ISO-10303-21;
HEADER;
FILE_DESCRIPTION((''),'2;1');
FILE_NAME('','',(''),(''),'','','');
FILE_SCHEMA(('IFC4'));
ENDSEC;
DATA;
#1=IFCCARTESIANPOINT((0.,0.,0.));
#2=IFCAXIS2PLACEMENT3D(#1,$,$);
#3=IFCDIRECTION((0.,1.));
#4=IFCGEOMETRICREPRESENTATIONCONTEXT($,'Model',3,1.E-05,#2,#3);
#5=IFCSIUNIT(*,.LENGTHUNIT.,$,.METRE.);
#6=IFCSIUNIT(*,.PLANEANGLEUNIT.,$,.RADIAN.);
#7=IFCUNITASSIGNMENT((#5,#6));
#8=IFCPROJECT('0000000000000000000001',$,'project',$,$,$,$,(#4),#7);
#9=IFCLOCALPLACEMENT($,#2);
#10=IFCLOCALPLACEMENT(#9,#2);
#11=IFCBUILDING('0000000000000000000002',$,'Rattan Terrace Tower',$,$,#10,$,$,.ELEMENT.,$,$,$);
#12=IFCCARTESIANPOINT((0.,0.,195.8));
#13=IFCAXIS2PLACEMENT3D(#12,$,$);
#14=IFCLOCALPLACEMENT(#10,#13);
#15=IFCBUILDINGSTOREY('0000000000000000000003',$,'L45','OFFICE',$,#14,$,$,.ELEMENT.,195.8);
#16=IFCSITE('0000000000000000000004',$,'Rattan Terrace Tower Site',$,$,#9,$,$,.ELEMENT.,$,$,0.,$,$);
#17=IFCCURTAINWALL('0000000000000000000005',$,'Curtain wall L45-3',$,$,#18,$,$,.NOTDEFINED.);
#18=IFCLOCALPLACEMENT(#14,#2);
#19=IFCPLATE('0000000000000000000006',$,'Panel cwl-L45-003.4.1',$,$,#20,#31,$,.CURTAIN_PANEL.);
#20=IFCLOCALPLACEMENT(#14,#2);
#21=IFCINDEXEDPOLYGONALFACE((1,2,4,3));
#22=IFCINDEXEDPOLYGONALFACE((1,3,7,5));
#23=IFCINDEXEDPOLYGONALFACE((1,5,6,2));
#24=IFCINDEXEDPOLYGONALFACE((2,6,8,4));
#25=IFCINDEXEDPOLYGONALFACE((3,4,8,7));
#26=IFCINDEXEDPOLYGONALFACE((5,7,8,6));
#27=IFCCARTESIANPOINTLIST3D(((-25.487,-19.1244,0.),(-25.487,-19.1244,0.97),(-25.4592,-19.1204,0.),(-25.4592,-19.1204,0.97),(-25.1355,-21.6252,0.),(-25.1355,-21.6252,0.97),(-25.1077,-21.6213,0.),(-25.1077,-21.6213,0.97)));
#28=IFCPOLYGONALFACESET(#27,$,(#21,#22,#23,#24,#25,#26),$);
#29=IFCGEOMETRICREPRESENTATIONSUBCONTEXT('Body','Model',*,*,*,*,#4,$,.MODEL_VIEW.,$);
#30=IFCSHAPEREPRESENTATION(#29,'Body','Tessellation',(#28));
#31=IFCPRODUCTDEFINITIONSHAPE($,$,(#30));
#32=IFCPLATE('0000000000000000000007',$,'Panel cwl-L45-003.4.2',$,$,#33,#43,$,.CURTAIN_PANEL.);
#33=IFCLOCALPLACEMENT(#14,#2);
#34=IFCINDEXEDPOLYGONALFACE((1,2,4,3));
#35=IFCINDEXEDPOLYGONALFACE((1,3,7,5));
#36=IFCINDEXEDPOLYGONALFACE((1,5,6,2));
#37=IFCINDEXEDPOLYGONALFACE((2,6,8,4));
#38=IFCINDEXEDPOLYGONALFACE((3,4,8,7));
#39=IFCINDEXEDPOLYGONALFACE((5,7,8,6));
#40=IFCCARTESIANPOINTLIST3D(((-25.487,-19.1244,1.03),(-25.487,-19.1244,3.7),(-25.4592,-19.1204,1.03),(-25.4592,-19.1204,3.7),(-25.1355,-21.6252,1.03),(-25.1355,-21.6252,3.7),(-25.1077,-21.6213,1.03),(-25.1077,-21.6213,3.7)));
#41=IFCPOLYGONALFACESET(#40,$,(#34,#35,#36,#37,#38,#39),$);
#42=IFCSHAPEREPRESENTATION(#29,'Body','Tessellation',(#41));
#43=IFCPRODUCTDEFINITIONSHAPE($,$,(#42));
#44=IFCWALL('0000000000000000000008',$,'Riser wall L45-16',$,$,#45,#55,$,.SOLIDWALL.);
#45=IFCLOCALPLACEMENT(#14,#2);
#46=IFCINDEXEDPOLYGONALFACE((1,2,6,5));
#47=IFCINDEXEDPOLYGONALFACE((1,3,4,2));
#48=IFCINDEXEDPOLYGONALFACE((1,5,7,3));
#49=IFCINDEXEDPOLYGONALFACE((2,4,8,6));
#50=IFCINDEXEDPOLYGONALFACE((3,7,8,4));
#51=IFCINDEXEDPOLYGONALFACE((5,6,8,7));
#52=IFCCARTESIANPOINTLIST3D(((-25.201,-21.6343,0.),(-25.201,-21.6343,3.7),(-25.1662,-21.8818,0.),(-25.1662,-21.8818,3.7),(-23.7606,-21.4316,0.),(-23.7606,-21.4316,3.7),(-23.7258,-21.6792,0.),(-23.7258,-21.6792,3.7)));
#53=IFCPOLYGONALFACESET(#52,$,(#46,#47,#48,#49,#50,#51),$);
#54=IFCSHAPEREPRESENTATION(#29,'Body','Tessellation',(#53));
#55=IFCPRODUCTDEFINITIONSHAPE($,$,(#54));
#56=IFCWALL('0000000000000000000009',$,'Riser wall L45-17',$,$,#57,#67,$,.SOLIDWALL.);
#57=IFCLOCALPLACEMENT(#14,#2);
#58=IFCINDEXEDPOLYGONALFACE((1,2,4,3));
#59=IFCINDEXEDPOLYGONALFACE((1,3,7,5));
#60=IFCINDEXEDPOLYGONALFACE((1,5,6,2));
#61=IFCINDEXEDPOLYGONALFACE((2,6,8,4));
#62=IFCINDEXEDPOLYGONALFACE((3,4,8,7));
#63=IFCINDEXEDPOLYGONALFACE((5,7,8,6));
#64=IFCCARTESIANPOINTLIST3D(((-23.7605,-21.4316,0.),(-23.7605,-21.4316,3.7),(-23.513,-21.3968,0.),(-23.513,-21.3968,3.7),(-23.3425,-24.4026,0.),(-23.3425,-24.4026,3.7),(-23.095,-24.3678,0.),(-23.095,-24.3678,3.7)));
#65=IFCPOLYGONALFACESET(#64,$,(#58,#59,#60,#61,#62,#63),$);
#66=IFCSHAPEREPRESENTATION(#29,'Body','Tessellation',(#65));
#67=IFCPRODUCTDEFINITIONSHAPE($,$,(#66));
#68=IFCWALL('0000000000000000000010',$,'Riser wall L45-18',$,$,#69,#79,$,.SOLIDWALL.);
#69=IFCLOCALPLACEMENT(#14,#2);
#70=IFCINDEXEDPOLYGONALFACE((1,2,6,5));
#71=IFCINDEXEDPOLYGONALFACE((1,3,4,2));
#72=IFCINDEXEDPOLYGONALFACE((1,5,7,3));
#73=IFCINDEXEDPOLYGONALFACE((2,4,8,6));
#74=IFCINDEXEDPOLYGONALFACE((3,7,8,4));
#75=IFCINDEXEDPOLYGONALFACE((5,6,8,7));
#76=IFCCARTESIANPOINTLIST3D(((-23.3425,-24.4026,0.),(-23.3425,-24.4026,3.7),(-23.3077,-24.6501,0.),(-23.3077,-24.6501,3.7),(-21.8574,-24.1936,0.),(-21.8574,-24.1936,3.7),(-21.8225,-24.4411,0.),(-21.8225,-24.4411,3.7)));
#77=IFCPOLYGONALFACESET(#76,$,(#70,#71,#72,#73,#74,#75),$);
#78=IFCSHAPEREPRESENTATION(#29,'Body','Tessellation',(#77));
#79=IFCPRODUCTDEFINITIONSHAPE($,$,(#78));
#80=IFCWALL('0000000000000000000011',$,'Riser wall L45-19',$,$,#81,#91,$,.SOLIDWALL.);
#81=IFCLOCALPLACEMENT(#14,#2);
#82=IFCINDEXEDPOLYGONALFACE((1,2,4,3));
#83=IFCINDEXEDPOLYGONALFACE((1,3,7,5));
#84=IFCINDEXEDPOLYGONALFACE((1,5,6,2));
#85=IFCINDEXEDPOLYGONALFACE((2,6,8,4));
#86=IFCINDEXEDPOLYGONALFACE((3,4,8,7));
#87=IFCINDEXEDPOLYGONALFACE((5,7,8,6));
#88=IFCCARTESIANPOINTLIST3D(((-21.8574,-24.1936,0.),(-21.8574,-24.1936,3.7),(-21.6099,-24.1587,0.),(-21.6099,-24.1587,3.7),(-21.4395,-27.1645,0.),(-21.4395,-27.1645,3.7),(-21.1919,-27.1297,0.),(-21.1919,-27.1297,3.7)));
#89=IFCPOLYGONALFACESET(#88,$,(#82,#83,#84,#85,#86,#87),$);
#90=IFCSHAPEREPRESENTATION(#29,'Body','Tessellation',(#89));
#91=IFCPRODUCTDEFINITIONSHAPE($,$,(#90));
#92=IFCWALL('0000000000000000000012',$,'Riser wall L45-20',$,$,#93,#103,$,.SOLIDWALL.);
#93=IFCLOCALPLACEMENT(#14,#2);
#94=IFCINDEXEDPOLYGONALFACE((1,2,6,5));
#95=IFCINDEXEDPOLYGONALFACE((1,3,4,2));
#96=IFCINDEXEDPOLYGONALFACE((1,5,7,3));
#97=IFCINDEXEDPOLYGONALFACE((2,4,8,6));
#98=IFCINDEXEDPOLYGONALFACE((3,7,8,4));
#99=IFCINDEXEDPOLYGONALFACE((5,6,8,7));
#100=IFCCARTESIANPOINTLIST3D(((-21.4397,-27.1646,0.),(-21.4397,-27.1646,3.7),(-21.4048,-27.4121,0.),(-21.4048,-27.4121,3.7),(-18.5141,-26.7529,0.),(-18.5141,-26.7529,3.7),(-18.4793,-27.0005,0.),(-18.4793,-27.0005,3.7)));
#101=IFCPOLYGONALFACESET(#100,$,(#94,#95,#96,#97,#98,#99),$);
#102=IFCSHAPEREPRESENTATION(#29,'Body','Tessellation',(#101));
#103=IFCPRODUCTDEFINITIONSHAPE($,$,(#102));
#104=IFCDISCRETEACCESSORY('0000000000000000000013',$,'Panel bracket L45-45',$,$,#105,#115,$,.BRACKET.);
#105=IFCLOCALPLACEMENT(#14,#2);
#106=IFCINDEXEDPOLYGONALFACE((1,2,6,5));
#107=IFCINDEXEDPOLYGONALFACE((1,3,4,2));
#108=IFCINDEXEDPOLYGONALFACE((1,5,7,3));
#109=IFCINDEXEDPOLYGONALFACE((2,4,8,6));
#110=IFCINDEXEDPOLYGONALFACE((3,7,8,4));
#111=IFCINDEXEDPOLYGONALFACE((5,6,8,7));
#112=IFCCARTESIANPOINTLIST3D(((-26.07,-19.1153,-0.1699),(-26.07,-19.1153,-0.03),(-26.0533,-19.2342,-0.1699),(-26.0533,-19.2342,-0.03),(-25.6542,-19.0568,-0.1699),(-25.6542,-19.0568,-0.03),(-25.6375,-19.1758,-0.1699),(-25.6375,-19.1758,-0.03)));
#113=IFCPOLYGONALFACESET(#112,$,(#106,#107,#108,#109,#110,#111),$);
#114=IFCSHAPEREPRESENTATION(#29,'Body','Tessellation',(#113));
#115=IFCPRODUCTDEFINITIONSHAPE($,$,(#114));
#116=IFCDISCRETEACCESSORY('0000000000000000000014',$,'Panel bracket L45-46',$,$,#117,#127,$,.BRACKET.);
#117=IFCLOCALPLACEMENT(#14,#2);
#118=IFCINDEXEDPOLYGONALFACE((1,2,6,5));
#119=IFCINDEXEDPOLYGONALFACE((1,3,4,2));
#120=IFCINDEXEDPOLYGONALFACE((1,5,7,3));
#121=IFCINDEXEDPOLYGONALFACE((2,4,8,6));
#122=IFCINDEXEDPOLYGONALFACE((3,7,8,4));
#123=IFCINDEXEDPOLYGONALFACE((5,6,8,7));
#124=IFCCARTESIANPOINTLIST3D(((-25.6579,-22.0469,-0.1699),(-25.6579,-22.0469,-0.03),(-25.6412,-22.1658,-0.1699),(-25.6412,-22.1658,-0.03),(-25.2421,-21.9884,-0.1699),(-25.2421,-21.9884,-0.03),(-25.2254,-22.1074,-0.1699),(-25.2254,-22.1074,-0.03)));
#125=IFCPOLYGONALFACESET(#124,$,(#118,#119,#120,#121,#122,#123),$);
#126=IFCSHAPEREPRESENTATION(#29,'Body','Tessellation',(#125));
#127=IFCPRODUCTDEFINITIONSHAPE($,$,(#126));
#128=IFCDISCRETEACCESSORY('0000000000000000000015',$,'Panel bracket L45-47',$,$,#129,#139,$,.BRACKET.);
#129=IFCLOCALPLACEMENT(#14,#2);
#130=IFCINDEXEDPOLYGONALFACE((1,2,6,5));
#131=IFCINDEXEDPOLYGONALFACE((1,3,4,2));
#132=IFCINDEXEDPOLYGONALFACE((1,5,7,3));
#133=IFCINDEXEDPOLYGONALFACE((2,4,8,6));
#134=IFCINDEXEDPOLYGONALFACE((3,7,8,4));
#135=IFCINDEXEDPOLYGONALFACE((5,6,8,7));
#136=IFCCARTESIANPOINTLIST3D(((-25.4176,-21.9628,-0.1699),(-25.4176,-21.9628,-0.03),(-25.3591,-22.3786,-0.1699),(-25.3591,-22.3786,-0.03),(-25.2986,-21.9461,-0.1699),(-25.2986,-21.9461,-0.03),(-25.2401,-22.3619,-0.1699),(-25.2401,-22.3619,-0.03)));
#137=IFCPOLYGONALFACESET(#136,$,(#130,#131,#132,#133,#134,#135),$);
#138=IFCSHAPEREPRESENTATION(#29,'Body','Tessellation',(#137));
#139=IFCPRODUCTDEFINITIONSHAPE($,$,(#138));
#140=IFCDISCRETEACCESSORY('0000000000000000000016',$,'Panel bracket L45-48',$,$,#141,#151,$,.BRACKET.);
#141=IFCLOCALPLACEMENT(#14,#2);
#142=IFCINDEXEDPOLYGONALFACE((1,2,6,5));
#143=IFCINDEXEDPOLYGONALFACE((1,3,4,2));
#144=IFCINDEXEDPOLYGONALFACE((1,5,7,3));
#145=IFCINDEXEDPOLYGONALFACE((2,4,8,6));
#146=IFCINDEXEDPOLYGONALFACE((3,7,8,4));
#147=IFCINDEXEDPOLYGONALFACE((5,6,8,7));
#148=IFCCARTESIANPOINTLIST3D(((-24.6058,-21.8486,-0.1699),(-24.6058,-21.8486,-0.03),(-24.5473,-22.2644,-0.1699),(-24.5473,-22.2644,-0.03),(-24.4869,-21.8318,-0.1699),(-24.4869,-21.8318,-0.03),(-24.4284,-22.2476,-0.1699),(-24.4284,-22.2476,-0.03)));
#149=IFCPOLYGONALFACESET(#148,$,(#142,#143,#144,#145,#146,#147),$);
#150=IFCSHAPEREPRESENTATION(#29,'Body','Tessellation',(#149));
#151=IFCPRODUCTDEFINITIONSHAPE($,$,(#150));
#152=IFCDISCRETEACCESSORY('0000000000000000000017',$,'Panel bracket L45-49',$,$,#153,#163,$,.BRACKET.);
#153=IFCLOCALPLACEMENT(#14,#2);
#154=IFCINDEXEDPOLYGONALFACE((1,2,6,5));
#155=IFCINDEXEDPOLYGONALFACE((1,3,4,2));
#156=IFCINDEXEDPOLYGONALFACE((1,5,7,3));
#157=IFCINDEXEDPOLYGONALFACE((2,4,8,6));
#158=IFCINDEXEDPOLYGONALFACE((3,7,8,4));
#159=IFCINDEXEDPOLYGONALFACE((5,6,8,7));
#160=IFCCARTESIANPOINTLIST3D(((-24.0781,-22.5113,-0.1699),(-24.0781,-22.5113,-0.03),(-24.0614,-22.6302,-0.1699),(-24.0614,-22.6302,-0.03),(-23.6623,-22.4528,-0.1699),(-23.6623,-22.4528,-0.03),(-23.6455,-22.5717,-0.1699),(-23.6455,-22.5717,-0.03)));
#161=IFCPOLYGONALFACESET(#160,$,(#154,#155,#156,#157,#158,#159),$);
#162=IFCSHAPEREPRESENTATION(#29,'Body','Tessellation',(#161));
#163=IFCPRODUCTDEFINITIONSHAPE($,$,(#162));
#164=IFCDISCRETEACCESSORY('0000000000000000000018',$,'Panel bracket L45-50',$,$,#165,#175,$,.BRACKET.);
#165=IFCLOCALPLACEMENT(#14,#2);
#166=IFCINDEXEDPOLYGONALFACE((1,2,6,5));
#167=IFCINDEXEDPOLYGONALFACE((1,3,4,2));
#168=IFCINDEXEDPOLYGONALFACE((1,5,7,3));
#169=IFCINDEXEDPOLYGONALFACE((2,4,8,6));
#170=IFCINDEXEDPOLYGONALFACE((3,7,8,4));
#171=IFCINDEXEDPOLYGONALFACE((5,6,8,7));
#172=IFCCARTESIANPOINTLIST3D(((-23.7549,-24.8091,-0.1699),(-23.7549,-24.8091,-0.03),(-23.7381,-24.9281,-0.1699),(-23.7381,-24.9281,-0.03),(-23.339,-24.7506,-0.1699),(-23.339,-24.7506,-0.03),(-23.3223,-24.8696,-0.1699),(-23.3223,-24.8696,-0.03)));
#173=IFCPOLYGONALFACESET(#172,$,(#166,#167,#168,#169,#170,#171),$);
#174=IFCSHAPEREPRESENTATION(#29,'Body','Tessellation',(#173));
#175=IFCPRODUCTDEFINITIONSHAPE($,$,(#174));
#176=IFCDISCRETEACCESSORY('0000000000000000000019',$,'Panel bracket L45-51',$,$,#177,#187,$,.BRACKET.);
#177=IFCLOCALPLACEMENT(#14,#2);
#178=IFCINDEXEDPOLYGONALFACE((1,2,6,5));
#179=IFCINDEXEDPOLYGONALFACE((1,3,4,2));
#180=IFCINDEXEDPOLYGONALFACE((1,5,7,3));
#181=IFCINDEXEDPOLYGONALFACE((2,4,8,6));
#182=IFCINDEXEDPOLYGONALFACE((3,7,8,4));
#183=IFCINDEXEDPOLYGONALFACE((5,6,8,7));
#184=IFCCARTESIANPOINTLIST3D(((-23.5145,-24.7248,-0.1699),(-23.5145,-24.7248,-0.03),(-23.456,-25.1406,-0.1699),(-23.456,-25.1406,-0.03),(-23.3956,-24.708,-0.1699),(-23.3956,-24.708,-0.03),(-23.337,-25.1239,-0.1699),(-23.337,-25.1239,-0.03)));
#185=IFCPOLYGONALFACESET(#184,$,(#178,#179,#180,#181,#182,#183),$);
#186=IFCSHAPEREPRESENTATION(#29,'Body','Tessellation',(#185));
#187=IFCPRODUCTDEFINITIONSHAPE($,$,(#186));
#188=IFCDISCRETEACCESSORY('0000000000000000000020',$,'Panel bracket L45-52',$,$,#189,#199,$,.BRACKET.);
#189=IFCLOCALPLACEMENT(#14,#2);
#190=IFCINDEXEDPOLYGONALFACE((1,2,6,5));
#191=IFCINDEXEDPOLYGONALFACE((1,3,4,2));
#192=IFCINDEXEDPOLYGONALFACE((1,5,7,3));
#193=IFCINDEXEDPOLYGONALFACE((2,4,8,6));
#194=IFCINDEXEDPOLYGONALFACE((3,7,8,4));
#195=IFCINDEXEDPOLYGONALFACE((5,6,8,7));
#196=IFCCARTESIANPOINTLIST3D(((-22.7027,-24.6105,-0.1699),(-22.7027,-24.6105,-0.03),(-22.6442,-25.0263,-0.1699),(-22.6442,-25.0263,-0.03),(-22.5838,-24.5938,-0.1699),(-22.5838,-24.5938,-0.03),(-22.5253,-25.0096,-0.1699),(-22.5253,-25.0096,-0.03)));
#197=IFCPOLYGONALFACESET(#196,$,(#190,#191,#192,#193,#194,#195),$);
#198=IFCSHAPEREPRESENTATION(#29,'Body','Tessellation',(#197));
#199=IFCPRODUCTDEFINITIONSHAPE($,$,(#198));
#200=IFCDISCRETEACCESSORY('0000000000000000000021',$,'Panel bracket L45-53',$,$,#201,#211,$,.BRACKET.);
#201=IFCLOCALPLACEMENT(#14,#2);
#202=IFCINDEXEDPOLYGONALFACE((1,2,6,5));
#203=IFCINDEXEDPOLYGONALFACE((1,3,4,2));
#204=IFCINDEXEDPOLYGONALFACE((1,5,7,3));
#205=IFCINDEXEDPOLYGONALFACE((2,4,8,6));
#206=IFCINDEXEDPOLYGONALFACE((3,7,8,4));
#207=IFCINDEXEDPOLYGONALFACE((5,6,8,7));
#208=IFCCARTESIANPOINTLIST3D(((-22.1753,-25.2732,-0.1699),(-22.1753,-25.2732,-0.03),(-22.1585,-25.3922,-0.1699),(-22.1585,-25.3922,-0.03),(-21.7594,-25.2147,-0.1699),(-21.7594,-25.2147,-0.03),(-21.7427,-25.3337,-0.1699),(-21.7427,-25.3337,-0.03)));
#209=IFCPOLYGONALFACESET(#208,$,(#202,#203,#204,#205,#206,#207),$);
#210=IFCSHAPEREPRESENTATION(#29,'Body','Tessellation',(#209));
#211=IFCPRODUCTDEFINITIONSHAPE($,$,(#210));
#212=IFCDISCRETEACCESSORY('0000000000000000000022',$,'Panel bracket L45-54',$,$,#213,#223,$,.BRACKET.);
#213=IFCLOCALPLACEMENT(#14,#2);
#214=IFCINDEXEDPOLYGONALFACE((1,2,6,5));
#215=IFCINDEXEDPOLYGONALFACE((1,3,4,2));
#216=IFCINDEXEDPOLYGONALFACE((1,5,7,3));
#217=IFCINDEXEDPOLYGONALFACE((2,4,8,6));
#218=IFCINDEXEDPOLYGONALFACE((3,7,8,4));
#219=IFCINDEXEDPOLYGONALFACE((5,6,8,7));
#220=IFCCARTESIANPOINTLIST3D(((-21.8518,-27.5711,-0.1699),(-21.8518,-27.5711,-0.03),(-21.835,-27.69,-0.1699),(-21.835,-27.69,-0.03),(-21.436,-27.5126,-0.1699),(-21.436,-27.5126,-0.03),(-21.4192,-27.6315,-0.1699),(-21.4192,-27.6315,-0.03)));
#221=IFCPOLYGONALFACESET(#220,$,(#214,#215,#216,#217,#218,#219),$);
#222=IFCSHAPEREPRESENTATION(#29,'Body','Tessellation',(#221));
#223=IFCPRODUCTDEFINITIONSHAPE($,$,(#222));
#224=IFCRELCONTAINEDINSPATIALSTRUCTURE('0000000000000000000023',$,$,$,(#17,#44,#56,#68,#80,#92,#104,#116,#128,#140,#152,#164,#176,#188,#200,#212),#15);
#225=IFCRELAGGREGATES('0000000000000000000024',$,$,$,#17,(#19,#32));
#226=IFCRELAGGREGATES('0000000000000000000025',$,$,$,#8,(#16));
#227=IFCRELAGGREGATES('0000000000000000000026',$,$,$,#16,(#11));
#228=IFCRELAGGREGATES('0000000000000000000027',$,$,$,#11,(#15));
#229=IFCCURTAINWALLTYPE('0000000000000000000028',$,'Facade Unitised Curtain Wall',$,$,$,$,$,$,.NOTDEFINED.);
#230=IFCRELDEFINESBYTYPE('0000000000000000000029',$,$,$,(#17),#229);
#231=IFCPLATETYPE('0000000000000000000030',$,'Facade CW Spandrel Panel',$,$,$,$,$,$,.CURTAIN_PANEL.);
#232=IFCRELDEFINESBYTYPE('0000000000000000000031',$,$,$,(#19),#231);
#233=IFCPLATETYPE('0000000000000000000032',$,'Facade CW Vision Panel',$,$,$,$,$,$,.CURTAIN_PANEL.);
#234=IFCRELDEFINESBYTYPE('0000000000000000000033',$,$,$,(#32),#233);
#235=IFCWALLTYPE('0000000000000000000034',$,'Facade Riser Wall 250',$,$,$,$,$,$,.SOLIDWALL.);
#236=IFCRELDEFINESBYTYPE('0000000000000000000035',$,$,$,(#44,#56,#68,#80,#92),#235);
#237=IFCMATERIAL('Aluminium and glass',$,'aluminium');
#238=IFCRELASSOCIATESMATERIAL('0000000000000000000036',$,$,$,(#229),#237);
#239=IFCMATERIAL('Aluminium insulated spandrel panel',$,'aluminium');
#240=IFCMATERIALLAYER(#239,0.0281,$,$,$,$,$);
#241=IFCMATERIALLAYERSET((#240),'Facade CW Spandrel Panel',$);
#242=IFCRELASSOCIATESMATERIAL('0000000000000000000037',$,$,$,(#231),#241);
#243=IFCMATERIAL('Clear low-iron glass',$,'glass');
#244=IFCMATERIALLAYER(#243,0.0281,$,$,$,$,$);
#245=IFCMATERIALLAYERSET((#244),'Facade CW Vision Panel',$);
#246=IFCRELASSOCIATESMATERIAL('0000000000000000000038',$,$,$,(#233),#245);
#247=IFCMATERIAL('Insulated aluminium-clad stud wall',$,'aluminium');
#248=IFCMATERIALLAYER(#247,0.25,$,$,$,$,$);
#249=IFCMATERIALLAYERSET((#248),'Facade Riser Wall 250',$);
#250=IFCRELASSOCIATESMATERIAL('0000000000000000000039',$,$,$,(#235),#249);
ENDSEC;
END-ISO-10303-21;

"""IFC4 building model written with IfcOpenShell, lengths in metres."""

from ifc_helpers import new_model, si_unit, direction, frame, frame_2d, origin, origin_2d, place, context, subcontext, project, spatial, rectangle, extrude, material, layer, layer_set, type_object, element, aggregate, save


model = new_model("IFC4")

# Units and contexts
model_context = context("Model", 3, precision=1e-05, world=origin(), true_north=direction((0.0, 1.0)))
body_context = subcontext(model_context, "Body", "Model", "MODEL_VIEW")
ifc_project = project(units=[si_unit("LENGTHUNIT", "METRE"), si_unit("PLANEANGLEUNIT", "RADIAN")], contexts=[model_context])

# Site, building, storey
site_placement = place(None, origin())
site = spatial("IfcSite", under=ifc_project, at=site_placement, Name="Rattan Terrace Tower Site", CompositionType="ELEMENT", RefElevation=0.0)
building_placement = place(site_placement, origin())
building = spatial("IfcBuilding", under=site, at=building_placement, Name="Rattan Terrace Tower", CompositionType="ELEMENT")
storey_placement = place(building_placement, frame((0.0, 0.0, 195.8)))
storey = spatial("IfcBuildingStorey", under=building, at=storey_placement, Name="L45", Description="OFFICE", CompositionType="ELEMENT", Elevation=195.8)

# Curtain wall, plates
ifc_material_1 = material(Name="Aluminium and glass", Category="aluminium")
curtain_wall_type = type_object("IfcCurtainWallType", Name="Facade Unitised Curtain Wall", PredefinedType="NOTDEFINED", material=ifc_material_1)
curtain_wall_placement = place(storey_placement, origin())
curtain_wall = element("IfcCurtainWall", 1, at=curtain_wall_placement, inside=storey, type_object=curtain_wall_type, Name="Curtain wall L45-3", PredefinedType="NOTDEFINED")
ifc_material_2 = material(Name="Aluminium insulated spandrel panel", Category="aluminium")
ifc_layer_1 = layer(ifc_material_2, 0.0281)
ifc_layer_set_1 = layer_set([ifc_layer_1], Name="Facade CW Spandrel Panel")
plate_type_1 = type_object("IfcPlateType", Name="Facade CW Spandrel Panel", PredefinedType="CURTAIN_PANEL", material=ifc_layer_set_1)
plate_1_placement = place(storey_placement, frame((-25.2974, -20.3728, 0.0), z_axis=(0.0, 0.0, 1.0), x_axis=(0.139191, -0.990266, 0.0)))
plate_1 = element("IfcPlate", 2, at=plate_1_placement, type_object=plate_type_1, Name="Panel cwl-L45-003.4.1", PredefinedType="CURTAIN_PANEL", context=body_context, shape_type="SweptSolid", body=[
    extrude(rectangle(XDim=2.5254, YDim=0.0281, at=origin_2d()), origin(), (0.0, 0.0, 1.0), 0.97),
])
ifc_material_3 = material(Name="Clear low-iron glass", Category="glass")
ifc_layer_2 = layer(ifc_material_3, 0.0281)
ifc_layer_set_2 = layer_set([ifc_layer_2], Name="Facade CW Vision Panel")
plate_type_2 = type_object("IfcPlateType", Name="Facade CW Vision Panel", PredefinedType="CURTAIN_PANEL", material=ifc_layer_set_2)
plate_2_placement = place(storey_placement, frame((-25.2974, -20.3728, 1.03), z_axis=(0.0, 0.0, 1.0), x_axis=(0.139191, -0.990266, 0.0)))
plate_2 = element("IfcPlate", 3, at=plate_2_placement, type_object=plate_type_2, Name="Panel cwl-L45-003.4.2", PredefinedType="CURTAIN_PANEL", context=body_context, shape_type="SweptSolid", body=[
    extrude(rectangle(XDim=2.5254, YDim=0.0281, at=origin_2d()), origin(), (0.0, 0.0, 1.0), 2.6699),
])
aggregate(curtain_wall, [plate_1, plate_2])

# Walls
ifc_material_4 = material(Name="Insulated aluminium-clad stud wall", Category="aluminium")
ifc_layer_3 = layer(ifc_material_4, 0.25)
ifc_layer_set_3 = layer_set([ifc_layer_3], Name="Facade Riser Wall 250")
wall_type = type_object("IfcWallType", Name="Facade Riser Wall 250", PredefinedType="SOLIDWALL", material=ifc_layer_set_3)
wall_1_placement = place(storey_placement, frame((-25.1836, -21.7581, 0.0), z_axis=(0.0, 0.0, 1.0), x_axis=(0.990249, 0.139306, 0.0)))
element("IfcWall", 4, at=wall_1_placement, inside=storey, type_object=wall_type, Name="Riser wall L45-16", PredefinedType="SOLIDWALL", context=body_context, shape_type="SweptSolid", body=[
    extrude(rectangle(XDim=1.4546, YDim=0.25, at=frame_2d((0.7273, 0.0))), origin(), (0.0, 0.0, 1.0), 3.7),
])
wall_2_placement = place(storey_placement, frame((-23.6367, -21.4143, 0.0), z_axis=(0.0, 0.0, 1.0), x_axis=(0.139313, -0.990248, 0.0)))
element("IfcWall", 5, at=wall_2_placement, inside=storey, type_object=wall_type, Name="Riser wall L45-17", PredefinedType="SOLIDWALL", context=body_context, shape_type="SweptSolid", body=[
    extrude(rectangle(XDim=3.0002, YDim=0.25, at=frame_2d((1.5, 0.0))), origin(), (0.0, 0.0, 1.0), 3.7),
])
wall_3_placement = place(storey_placement, frame((-23.3252, -24.5264, 0.0), z_axis=(0.0, 0.0, 1.0), x_axis=(0.990244, 0.139347, 0.0)))
element("IfcWall", 6, at=wall_3_placement, inside=storey, type_object=wall_type, Name="Riser wall L45-18", PredefinedType="SOLIDWALL", context=body_context, shape_type="SweptSolid", body=[
    extrude(rectangle(XDim=1.4998, YDim=0.25, at=frame_2d((0.75, 0.0))), origin(), (0.0, 0.0, 1.0), 3.7),
])
wall_4_placement = place(storey_placement, frame((-21.7336, -24.1763, 0.0), z_axis=(0.0, 0.0, 1.0), x_axis=(0.139313, -0.990248, 0.0)))
element("IfcWall", 7, at=wall_4_placement, inside=storey, type_object=wall_type, Name="Riser wall L45-19", PredefinedType="SOLIDWALL", context=body_context, shape_type="SweptSolid", body=[
    extrude(rectangle(XDim=3.0002, YDim=0.25, at=frame_2d((1.5, 0.0))), origin(), (0.0, 0.0, 1.0), 3.7),
])
wall_5_placement = place(storey_placement, frame((-21.4221, -27.2883, 0.0), z_axis=(0.0, 0.0, 1.0), x_axis=(0.990246, 0.139327, 0.0)))
element("IfcWall", 8, at=wall_5_placement, inside=storey, type_object=wall_type, Name="Riser wall L45-20", PredefinedType="SOLIDWALL", context=body_context, shape_type="SweptSolid", body=[
    extrude(rectangle(XDim=2.9543, YDim=0.25, at=frame_2d((1.4771, 0.0))), origin(), (0.0, 0.0, 1.0), 3.7),
])

# Discrete accessories
for number, where, z_axis, x_axis, name in (
    (9, (-25.8538, -19.1455, -0.1699), (0.0, 0.0, 1.0), (0.139191, -0.990266, 0.0), "Panel bracket L45-45"),
    (10, (-25.4417, -22.0771, -0.1699), (0.0, 0.0, 1.0), (0.139191, -0.990266, 0.0), "Panel bracket L45-46"),
    (11, (-25.3289, -22.1624, -0.1699), (0.0, 0.0, 1.0), (0.990241, 0.139367, 0.0), "Panel bracket L45-47"),
    (12, (-24.5171, -22.0481, -0.1699), (0.0, 0.0, 1.0), (0.990241, 0.139367, 0.0), "Panel bracket L45-48"),
    (13, (-23.8618, -22.5415, -0.1699), (0.0, 0.0, 1.0), (0.139321, -0.990247, 0.0), "Panel bracket L45-49"),
    (14, (-23.5386, -24.8394, -0.1699), (0.0, 0.0, 1.0), (0.139321, -0.990247, 0.0), "Panel bracket L45-50"),
    (15, (-23.4258, -24.9243, -0.1699), (0.0, 0.0, 1.0), (0.990241, 0.139367, 0.0), "Panel bracket L45-51"),
    (16, (-22.614, -24.8101, -0.1699), (0.0, 0.0, 1.0), (0.990241, 0.139367, 0.0), "Panel bracket L45-52"),
    (17, (-21.959, -25.3035, -0.1699), (0.0, 0.0, 1.0), (0.139321, -0.990247, 0.0), "Panel bracket L45-53"),
    (18, (-21.6355, -27.6013, -0.1699), (0.0, 0.0, 1.0), (0.139321, -0.990247, 0.0), "Panel bracket L45-54"),
):
    element("IfcDiscreteAccessory", number, at=place(storey_placement, frame(where, z_axis=z_axis, x_axis=x_axis)), inside=storey, Name=name, PredefinedType="BRACKET", context=body_context, shape_type="SweptSolid", body=[
        extrude(rectangle(XDim=0.1201, YDim=0.4199, at=origin_2d()), origin(), (0.0, 0.0, 1.0), 0.1399),
    ])

save(model, "model.ifc")
